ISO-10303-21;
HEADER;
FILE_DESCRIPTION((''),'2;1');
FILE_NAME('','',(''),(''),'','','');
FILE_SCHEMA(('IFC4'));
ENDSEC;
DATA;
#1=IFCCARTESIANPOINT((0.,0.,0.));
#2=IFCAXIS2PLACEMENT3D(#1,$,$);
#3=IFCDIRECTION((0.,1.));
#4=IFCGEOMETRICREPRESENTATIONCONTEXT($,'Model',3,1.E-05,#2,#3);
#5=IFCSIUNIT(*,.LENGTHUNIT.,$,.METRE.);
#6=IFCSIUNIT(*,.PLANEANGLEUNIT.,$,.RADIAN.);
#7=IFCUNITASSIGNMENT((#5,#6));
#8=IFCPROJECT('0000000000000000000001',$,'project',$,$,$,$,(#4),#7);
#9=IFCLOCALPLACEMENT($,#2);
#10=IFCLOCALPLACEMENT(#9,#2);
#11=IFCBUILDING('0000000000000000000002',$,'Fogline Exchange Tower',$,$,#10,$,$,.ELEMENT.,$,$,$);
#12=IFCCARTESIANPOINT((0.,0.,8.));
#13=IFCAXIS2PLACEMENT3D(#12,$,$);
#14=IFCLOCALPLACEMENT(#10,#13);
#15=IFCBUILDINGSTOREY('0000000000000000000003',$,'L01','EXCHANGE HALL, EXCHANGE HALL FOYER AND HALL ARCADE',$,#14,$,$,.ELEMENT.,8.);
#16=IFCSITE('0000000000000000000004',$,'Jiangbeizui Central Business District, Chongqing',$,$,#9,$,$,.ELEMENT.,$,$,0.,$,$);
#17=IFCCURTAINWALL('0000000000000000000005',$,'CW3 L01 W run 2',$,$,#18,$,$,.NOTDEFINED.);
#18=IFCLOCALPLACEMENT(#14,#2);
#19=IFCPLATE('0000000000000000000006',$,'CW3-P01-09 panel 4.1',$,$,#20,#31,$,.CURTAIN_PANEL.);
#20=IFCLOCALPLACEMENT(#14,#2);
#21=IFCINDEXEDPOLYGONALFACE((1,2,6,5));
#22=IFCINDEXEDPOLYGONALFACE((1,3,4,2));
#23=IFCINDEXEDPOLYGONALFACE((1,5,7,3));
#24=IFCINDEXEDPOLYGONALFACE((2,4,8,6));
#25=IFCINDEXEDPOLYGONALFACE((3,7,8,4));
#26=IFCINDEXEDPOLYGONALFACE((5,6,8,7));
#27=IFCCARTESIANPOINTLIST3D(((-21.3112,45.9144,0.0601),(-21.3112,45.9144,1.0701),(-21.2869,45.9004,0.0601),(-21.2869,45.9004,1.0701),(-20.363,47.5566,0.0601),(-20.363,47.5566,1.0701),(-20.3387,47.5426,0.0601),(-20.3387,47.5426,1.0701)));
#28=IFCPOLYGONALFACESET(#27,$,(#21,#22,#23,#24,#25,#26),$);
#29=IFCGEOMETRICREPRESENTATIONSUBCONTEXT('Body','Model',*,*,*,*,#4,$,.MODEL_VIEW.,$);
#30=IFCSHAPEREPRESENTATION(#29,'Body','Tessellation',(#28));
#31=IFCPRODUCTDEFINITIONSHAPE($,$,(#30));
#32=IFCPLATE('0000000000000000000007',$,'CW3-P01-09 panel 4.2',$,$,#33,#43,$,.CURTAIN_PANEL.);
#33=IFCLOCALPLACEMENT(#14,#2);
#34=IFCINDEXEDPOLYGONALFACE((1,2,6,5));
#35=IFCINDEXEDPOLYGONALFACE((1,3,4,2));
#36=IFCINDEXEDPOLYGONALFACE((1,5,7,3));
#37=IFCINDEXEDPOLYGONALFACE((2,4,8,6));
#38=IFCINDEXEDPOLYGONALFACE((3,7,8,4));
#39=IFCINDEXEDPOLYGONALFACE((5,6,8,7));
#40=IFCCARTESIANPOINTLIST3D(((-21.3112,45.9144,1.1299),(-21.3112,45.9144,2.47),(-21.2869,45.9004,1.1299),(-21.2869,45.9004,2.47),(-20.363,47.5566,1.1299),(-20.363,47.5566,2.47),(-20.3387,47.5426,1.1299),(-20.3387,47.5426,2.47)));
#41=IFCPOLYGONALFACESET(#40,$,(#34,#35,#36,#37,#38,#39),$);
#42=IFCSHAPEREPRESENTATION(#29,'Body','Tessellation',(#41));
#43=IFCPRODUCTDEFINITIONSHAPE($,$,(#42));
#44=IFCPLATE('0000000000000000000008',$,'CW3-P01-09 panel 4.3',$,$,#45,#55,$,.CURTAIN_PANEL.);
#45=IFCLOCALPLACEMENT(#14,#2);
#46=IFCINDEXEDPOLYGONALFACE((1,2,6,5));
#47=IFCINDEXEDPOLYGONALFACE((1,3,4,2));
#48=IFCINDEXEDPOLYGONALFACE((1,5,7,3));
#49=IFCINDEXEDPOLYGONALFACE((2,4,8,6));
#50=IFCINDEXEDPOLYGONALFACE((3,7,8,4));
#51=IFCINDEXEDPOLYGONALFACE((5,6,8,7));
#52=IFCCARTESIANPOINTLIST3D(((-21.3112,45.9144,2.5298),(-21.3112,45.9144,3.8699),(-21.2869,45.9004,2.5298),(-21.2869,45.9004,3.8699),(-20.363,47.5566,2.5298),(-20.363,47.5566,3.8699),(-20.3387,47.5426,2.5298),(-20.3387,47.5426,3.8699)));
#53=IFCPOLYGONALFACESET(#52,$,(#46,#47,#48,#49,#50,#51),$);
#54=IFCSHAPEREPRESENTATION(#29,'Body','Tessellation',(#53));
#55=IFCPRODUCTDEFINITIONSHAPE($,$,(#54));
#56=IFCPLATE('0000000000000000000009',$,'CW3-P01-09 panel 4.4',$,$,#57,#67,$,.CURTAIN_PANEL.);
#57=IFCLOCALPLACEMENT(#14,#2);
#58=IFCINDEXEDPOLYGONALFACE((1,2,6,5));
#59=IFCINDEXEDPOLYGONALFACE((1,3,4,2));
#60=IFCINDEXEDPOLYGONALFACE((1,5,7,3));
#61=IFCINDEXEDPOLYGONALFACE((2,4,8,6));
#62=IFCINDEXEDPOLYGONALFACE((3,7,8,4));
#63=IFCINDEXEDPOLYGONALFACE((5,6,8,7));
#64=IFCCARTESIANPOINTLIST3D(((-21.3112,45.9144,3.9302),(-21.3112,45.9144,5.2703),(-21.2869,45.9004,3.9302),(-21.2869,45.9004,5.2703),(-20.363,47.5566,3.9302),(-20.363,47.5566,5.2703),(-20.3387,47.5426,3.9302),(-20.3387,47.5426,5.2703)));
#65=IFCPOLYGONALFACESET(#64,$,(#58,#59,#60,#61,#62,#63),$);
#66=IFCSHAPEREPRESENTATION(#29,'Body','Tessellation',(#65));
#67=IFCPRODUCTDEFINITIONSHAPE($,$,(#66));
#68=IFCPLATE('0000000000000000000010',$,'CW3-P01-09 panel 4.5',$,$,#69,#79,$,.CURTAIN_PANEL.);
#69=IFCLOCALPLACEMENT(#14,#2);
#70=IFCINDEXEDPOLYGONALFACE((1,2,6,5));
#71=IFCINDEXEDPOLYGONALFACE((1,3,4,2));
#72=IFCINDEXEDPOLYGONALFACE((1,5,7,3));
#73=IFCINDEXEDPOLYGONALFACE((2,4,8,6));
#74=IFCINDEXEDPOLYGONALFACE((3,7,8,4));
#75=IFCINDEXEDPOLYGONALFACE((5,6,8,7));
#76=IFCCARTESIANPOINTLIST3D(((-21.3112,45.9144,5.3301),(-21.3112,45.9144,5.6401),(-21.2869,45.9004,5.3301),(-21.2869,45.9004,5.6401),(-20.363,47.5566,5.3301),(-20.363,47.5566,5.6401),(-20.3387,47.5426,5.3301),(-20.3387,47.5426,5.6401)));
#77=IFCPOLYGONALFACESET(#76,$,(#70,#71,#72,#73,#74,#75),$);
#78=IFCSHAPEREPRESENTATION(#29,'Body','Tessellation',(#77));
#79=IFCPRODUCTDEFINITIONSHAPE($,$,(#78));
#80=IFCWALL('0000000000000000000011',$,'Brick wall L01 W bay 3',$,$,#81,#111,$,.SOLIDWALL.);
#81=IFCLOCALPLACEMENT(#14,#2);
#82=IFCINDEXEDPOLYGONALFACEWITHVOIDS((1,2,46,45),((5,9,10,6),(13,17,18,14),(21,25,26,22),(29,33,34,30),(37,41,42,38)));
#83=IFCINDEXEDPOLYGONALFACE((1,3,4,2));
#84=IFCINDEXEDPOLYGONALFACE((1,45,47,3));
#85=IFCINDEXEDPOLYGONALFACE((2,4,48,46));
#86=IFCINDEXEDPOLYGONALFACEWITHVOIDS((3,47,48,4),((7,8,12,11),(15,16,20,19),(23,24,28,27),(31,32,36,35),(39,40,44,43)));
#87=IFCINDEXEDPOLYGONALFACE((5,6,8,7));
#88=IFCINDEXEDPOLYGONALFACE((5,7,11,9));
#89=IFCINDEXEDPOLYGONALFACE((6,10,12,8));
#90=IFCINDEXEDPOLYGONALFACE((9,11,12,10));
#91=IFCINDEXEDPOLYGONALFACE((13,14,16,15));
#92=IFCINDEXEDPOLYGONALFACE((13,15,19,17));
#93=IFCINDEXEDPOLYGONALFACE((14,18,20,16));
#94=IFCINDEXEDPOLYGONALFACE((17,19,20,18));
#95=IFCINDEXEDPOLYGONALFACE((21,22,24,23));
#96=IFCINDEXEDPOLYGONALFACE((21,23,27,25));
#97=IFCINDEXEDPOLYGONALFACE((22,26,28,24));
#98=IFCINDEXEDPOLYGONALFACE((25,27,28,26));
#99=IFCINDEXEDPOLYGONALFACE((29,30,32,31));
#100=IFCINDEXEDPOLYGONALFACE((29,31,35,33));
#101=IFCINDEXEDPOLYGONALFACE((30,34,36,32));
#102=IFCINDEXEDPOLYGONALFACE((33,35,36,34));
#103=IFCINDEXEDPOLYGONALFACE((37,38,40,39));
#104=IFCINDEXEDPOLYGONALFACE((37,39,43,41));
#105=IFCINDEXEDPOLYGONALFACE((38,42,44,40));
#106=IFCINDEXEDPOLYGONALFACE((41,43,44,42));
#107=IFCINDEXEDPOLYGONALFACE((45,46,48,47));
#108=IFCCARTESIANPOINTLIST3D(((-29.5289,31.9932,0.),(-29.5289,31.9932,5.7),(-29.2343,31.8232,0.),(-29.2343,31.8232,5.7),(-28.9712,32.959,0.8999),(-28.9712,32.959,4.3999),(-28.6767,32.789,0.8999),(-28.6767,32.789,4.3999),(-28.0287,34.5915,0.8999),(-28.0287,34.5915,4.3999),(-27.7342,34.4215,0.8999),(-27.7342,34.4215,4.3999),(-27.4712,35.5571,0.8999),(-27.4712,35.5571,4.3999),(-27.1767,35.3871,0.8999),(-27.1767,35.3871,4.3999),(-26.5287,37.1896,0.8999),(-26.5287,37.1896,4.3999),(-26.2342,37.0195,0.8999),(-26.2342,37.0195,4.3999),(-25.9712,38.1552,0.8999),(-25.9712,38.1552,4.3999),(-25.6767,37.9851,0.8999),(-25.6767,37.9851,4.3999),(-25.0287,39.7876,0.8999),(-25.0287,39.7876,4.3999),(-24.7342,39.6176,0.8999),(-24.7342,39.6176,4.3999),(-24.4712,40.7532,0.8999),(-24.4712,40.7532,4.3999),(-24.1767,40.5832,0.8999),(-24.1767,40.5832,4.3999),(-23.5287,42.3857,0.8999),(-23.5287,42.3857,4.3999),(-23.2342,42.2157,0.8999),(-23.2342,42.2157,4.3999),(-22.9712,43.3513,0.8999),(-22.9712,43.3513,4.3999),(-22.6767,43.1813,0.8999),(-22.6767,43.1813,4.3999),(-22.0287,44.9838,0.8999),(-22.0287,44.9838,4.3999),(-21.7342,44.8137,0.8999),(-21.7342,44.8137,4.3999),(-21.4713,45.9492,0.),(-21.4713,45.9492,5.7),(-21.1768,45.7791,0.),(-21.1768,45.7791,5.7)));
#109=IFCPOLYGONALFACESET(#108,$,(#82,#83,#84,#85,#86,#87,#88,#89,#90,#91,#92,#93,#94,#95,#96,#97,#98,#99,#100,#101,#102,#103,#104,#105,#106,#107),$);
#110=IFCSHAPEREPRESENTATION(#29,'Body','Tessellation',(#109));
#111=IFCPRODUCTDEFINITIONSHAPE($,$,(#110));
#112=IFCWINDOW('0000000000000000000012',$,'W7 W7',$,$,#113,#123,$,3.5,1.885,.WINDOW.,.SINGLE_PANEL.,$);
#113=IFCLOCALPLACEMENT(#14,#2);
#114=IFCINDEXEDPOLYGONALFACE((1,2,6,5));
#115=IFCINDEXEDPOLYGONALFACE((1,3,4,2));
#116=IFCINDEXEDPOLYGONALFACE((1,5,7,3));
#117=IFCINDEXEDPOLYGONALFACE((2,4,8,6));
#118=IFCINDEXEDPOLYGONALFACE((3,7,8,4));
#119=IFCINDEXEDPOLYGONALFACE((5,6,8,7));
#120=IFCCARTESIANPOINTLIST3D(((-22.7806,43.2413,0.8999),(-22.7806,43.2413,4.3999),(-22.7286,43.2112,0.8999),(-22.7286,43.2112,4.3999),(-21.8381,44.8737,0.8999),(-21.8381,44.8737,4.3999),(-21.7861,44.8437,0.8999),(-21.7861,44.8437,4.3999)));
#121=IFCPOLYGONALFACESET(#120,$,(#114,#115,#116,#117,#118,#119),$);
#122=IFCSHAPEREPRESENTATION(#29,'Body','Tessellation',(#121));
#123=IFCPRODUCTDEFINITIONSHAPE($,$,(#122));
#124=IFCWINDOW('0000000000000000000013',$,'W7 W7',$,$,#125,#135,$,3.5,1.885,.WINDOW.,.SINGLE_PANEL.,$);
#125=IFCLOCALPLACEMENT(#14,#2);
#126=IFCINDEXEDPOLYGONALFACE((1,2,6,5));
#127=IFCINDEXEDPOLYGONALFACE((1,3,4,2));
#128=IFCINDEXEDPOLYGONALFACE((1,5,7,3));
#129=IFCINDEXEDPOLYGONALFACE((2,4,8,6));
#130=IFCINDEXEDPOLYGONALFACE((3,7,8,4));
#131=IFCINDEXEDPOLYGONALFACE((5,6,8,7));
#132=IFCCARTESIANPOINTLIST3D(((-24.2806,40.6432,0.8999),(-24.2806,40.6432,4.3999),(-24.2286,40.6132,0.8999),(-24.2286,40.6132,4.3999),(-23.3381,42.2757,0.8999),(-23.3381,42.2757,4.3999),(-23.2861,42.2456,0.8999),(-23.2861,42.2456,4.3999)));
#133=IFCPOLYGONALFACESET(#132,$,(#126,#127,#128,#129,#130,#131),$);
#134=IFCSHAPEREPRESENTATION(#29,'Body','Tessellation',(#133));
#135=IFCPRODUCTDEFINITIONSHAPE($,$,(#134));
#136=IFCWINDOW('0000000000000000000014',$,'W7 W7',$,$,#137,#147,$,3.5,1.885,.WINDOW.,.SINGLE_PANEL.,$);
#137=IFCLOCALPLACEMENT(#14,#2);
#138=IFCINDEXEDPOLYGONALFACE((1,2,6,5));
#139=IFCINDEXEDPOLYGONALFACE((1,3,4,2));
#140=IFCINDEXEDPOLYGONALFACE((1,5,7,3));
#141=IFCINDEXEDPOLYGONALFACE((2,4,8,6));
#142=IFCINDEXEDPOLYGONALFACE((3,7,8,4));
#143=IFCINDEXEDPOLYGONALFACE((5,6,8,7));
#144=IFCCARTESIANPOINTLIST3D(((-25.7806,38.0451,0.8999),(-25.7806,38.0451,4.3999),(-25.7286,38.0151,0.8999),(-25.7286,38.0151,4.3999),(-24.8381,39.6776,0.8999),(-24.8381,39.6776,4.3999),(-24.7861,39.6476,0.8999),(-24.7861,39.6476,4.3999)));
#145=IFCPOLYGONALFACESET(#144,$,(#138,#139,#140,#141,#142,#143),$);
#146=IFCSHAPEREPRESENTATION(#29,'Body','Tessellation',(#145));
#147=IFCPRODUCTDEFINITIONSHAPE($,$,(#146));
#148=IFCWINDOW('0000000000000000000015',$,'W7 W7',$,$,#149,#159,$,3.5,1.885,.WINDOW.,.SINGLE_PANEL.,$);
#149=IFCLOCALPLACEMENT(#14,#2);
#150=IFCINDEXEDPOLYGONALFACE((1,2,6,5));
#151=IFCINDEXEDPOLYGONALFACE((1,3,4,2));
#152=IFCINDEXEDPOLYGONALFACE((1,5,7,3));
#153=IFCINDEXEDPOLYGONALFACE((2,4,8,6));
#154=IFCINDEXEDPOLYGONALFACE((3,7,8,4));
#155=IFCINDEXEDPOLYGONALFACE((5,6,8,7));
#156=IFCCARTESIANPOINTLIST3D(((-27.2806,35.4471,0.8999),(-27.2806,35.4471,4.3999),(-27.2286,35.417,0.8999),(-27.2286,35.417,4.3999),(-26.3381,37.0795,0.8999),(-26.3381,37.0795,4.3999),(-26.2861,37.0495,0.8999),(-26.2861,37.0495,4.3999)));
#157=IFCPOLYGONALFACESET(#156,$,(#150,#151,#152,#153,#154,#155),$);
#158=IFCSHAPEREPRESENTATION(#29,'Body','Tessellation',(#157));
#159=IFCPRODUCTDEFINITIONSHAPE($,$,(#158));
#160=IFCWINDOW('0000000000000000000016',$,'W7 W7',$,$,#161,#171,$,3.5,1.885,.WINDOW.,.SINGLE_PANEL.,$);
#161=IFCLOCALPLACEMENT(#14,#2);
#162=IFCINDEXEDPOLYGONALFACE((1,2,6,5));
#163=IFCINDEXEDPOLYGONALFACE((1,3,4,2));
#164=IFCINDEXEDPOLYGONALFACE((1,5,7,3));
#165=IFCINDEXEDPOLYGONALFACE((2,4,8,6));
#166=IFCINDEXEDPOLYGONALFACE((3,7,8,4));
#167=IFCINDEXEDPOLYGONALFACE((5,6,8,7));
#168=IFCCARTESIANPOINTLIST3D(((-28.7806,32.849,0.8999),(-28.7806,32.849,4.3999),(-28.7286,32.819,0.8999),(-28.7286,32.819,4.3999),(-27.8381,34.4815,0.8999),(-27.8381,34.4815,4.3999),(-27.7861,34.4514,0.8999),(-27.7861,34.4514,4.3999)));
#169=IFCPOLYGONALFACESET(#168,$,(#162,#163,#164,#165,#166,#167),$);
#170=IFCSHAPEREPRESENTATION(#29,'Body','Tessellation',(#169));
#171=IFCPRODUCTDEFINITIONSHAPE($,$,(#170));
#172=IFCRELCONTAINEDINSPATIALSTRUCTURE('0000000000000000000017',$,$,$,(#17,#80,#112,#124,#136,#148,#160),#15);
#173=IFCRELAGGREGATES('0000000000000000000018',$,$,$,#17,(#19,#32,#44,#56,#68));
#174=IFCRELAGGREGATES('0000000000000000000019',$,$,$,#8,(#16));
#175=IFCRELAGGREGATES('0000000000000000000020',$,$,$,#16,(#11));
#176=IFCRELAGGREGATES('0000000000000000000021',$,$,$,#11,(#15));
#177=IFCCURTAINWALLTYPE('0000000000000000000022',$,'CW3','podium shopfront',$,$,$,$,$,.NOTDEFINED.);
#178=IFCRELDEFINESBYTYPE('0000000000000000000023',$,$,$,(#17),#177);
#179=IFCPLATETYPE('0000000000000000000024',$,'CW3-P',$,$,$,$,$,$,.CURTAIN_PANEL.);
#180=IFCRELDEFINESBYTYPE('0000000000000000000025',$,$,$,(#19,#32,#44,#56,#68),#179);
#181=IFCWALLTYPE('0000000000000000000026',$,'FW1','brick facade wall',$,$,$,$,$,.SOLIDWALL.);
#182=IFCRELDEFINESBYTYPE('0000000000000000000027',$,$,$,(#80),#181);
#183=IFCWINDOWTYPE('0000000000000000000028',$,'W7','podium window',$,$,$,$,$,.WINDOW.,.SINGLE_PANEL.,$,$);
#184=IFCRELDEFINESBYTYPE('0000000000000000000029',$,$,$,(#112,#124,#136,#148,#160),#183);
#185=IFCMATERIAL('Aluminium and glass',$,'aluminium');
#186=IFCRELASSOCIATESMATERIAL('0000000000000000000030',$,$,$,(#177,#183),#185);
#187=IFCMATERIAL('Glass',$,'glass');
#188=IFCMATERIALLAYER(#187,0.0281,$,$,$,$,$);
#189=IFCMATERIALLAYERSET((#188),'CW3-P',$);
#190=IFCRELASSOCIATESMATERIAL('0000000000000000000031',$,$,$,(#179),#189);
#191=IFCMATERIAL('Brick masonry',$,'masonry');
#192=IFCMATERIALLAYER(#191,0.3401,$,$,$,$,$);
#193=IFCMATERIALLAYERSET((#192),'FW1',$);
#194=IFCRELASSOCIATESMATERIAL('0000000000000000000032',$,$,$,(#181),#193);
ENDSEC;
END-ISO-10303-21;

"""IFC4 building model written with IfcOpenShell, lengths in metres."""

from ifc_helpers import new_model, si_unit, direction, frame, frame_2d, origin, origin_2d, place, context, subcontext, project, spatial, rectangle, extrude, material, layer, layer_set, type_object, element, fill, aggregate, save


model = new_model("IFC4")

# Units and contexts
model_context = context("Model", 3, precision=1e-05, world=origin(), true_north=direction((0.0, 1.0)))
body_context = subcontext(model_context, "Body", "Model", "MODEL_VIEW")
ifc_project = project(units=[si_unit("LENGTHUNIT", "METRE"), si_unit("PLANEANGLEUNIT", "RADIAN")], contexts=[model_context])

# Site, building, storey
site_placement = place(None, origin())
site = spatial("IfcSite", under=ifc_project, at=site_placement, Name="Jiangbeizui Central Business District, Chongqing", CompositionType="ELEMENT", RefElevation=0.0)
building_placement = place(site_placement, origin())
building = spatial("IfcBuilding", under=site, at=building_placement, Name="Fogline Exchange Tower", CompositionType="ELEMENT")
storey_placement = place(building_placement, frame((0.0, 0.0, 8.0)))
storey = spatial("IfcBuildingStorey", under=building, at=storey_placement, Name="L01", Description="EXCHANGE HALL, EXCHANGE HALL FOYER AND HALL ARCADE", CompositionType="ELEMENT", Elevation=8.0)

# Curtain wall
ifc_material_1 = material(Name="Aluminium and glass", Category="aluminium")
curtain_wall_type = type_object("IfcCurtainWallType", Name="CW3", Description="podium shopfront", PredefinedType="NOTDEFINED", material=ifc_material_1)
curtain_wall_1_placement = place(storey_placement, origin())
curtain_wall_1 = element("IfcCurtainWall", 1, at=curtain_wall_1_placement, inside=storey, type_object=curtain_wall_type, Name="CW3 L01 W run 2", PredefinedType="NOTDEFINED")

# Plates
ifc_material_2 = material(Name="Glass", Category="glass")
ifc_layer_1 = layer(ifc_material_2, 0.0281)
ifc_layer_set_1 = layer_set([ifc_layer_1], Name="CW3-P")
plate_type = type_object("IfcPlateType", Name="CW3-P", PredefinedType="CURTAIN_PANEL", material=ifc_layer_set_1)
plate_1_placement = place(storey_placement, frame((-20.825, 46.7285, 0.0601), z_axis=(0.0, 0.0, 1.0), x_axis=(-0.5, -0.866025, 0.0)))
plate_1 = element("IfcPlate", 2, at=plate_1_placement, type_object=plate_type, Name="CW3-P01-09 panel 4.1", PredefinedType="CURTAIN_PANEL", context=body_context, shape_type="SweptSolid", body=[
    extrude(rectangle(XDim=1.8962, YDim=0.0281, at=origin_2d()), origin(), (0.0, 0.0, 1.0), 1.01),
])
plate_2_placement = place(storey_placement, frame((-20.825, 46.7285, 1.1299), z_axis=(0.0, 0.0, 1.0), x_axis=(-0.5, -0.866025, 0.0)))
plate_2 = element("IfcPlate", 3, at=plate_2_placement, type_object=plate_type, Name="CW3-P01-09 panel 4.2", PredefinedType="CURTAIN_PANEL", context=body_context, shape_type="SweptSolid", body=[
    extrude(rectangle(XDim=1.8962, YDim=0.0281, at=origin_2d()), origin(), (0.0, 0.0, 1.0), 1.3401),
])
plate_3_placement = place(storey_placement, frame((-20.825, 46.7285, 2.5298), z_axis=(0.0, 0.0, 1.0), x_axis=(-0.5, -0.866025, 0.0)))
plate_3 = element("IfcPlate", 4, at=plate_3_placement, type_object=plate_type, Name="CW3-P01-09 panel 4.3", PredefinedType="CURTAIN_PANEL", context=body_context, shape_type="SweptSolid", body=[
    extrude(rectangle(XDim=1.8962, YDim=0.0281, at=origin_2d()), origin(), (0.0, 0.0, 1.0), 1.3401),
])
plate_4_placement = place(storey_placement, frame((-20.825, 46.7285, 3.9302), z_axis=(0.0, 0.0, 1.0), x_axis=(-0.5, -0.866025, 0.0)))
plate_4 = element("IfcPlate", 5, at=plate_4_placement, type_object=plate_type, Name="CW3-P01-09 panel 4.4", PredefinedType="CURTAIN_PANEL", context=body_context, shape_type="SweptSolid", body=[
    extrude(rectangle(XDim=1.8962, YDim=0.0281, at=origin_2d()), origin(), (0.0, 0.0, 1.0), 1.3401),
])
plate_5_placement = place(storey_placement, frame((-20.825, 46.7285, 5.3301), z_axis=(0.0, 0.0, 1.0), x_axis=(-0.5, -0.866025, 0.0)))
plate_5 = element("IfcPlate", 6, at=plate_5_placement, type_object=plate_type, Name="CW3-P01-09 panel 4.5", PredefinedType="CURTAIN_PANEL", context=body_context, shape_type="SweptSolid", body=[
    extrude(rectangle(XDim=1.8962, YDim=0.0281, at=origin_2d()), origin(), (0.0, 0.0, 1.0), 0.3101),
])
aggregate(curtain_wall_1, [plate_1, plate_2, plate_3, plate_4, plate_5])

# Wall, openings, windows
ifc_material_3 = material(Name="Brick masonry", Category="masonry")
ifc_layer_2 = layer(ifc_material_3, 0.3401)
ifc_layer_set_2 = layer_set([ifc_layer_2], Name="FW1")
wall_type_1 = type_object("IfcWallType", Name="FW1", Description="brick facade wall", PredefinedType="SOLIDWALL", material=ifc_layer_set_2)
wall_1_placement = place(storey_placement, frame((-21.324, 45.8643, 0.0), z_axis=(0.0, 0.0, 1.0), x_axis=(-0.500004, -0.866023, 0.0)))
wall_1 = element("IfcWall", 7, at=wall_1_placement, inside=storey, type_object=wall_type_1, Name="Brick wall L01 W bay 3", PredefinedType="SOLIDWALL", context=body_context, shape_type="SweptSolid", body=[
    extrude(rectangle(XDim=16.115, YDim=0.3401, at=frame_2d((8.0576, 0.0))), origin(), (0.0, 0.0, 1.0), 5.7),
])
opening_1_placement = place(wall_1_placement, frame((1.115, 0.0, 0.8999)))
opening_1 = element("IfcOpeningElement", 8, at=opening_1_placement, cuts=wall_1, PredefinedType="OPENING", context=body_context, shape_type="SweptSolid", body=[
    extrude(rectangle(XDim=1.885, YDim=3.5, at=frame_2d((0.9424, 1.75))), frame((0.0, 0.1802, 0.0), z_axis=(0.0, -1.0, 0.0), x_axis=(1.0, 0.0, 0.0)), (0.0, 0.0, 1.0), 0.3601),
])
opening_2_placement = place(wall_1_placement, frame((4.115, 0.0, 0.8999)))
opening_2 = element("IfcOpeningElement", 9, at=opening_2_placement, cuts=wall_1, PredefinedType="OPENING", context=body_context, shape_type="SweptSolid", body=[
    extrude(rectangle(XDim=1.885, YDim=3.5, at=frame_2d((0.9424, 1.75))), frame((0.0, 0.1802, 0.0), z_axis=(0.0, -1.0, 0.0), x_axis=(1.0, 0.0, 0.0)), (0.0, 0.0, 1.0), 0.3601),
])
opening_3_placement = place(wall_1_placement, frame((7.115, 0.0, 0.8999)))
opening_3 = element("IfcOpeningElement", 10, at=opening_3_placement, cuts=wall_1, PredefinedType="OPENING", context=body_context, shape_type="SweptSolid", body=[
    extrude(rectangle(XDim=1.885, YDim=3.5, at=frame_2d((0.9424, 1.75))), frame((0.0, 0.1802, 0.0), z_axis=(0.0, -1.0, 0.0), x_axis=(1.0, 0.0, 0.0)), (0.0, 0.0, 1.0), 0.3601),
])
opening_4_placement = place(wall_1_placement, frame((10.115, 0.0, 0.8999)))
opening_4 = element("IfcOpeningElement", 11, at=opening_4_placement, cuts=wall_1, PredefinedType="OPENING", context=body_context, shape_type="SweptSolid", body=[
    extrude(rectangle(XDim=1.885, YDim=3.5, at=frame_2d((0.9424, 1.75))), frame((0.0, 0.1802, 0.0), z_axis=(0.0, -1.0, 0.0), x_axis=(1.0, 0.0, 0.0)), (0.0, 0.0, 1.0), 0.3601),
])
opening_5_placement = place(wall_1_placement, frame((13.115, 0.0, 0.8999)))
opening_5 = element("IfcOpeningElement", 12, at=opening_5_placement, cuts=wall_1, PredefinedType="OPENING", context=body_context, shape_type="SweptSolid", body=[
    extrude(rectangle(XDim=1.885, YDim=3.5, at=frame_2d((0.9424, 1.75))), frame((0.0, 0.1802, 0.0), z_axis=(0.0, -1.0, 0.0), x_axis=(1.0, 0.0, 0.0)), (0.0, 0.0, 1.0), 0.3601),
])
window_type = type_object("IfcWindowType", Name="W7", Description="podium window", PartitioningType="SINGLE_PANEL", PredefinedType="WINDOW", material=ifc_material_1)
window_1_placement = place(opening_1_placement, origin())
window_1 = element("IfcWindow", 13, at=window_1_placement, inside=storey, type_object=window_type, Name="W7 W7", OverallHeight=3.5, OverallWidth=1.885, PartitioningType="SINGLE_PANEL", PredefinedType="WINDOW", context=body_context, shape_type="SweptSolid", body=[
    extrude(rectangle(XDim=1.885, YDim=3.5, at=frame_2d((0.9424, 1.75))), frame((0.0, 0.1101, 0.0), z_axis=(0.0, -1.0, 0.0), x_axis=(1.0, 0.0, 0.0)), (0.0, 0.0, 1.0), 0.0601),
])
fill(opening_1, window_1)
window_2_placement = place(opening_2_placement, origin())
window_2 = element("IfcWindow", 14, at=window_2_placement, inside=storey, type_object=window_type, Name="W7 W7", OverallHeight=3.5, OverallWidth=1.885, PartitioningType="SINGLE_PANEL", PredefinedType="WINDOW", context=body_context, shape_type="SweptSolid", body=[
    extrude(rectangle(XDim=1.885, YDim=3.5, at=frame_2d((0.9424, 1.75))), frame((0.0, 0.1101, 0.0), z_axis=(0.0, -1.0, 0.0), x_axis=(1.0, 0.0, 0.0)), (0.0, 0.0, 1.0), 0.0601),
])
fill(opening_2, window_2)
window_3_placement = place(opening_3_placement, origin())
window_3 = element("IfcWindow", 15, at=window_3_placement, inside=storey, type_object=window_type, Name="W7 W7", OverallHeight=3.5, OverallWidth=1.885, PartitioningType="SINGLE_PANEL", PredefinedType="WINDOW", context=body_context, shape_type="SweptSolid", body=[
    extrude(rectangle(XDim=1.885, YDim=3.5, at=frame_2d((0.9424, 1.75))), frame((0.0, 0.1101, 0.0), z_axis=(0.0, -1.0, 0.0), x_axis=(1.0, 0.0, 0.0)), (0.0, 0.0, 1.0), 0.0601),
])
fill(opening_3, window_3)
window_4_placement = place(opening_4_placement, origin())
window_4 = element("IfcWindow", 16, at=window_4_placement, inside=storey, type_object=window_type, Name="W7 W7", OverallHeight=3.5, OverallWidth=1.885, PartitioningType="SINGLE_PANEL", PredefinedType="WINDOW", context=body_context, shape_type="SweptSolid", body=[
    extrude(rectangle(XDim=1.885, YDim=3.5, at=frame_2d((0.9424, 1.75))), frame((0.0, 0.1101, 0.0), z_axis=(0.0, -1.0, 0.0), x_axis=(1.0, 0.0, 0.0)), (0.0, 0.0, 1.0), 0.0601),
])
fill(opening_4, window_4)
window_5_placement = place(opening_5_placement, origin())
window_5 = element("IfcWindow", 17, at=window_5_placement, inside=storey, type_object=window_type, Name="W7 W7", OverallHeight=3.5, OverallWidth=1.885, PartitioningType="SINGLE_PANEL", PredefinedType="WINDOW", context=body_context, shape_type="SweptSolid", body=[
    extrude(rectangle(XDim=1.885, YDim=3.5, at=frame_2d((0.9424, 1.75))), frame((0.0, 0.1101, 0.0), z_axis=(0.0, -1.0, 0.0), x_axis=(1.0, 0.0, 0.0)), (0.0, 0.0, 1.0), 0.0601),
])
fill(opening_5, window_5)

save(model, "model.ifc")
